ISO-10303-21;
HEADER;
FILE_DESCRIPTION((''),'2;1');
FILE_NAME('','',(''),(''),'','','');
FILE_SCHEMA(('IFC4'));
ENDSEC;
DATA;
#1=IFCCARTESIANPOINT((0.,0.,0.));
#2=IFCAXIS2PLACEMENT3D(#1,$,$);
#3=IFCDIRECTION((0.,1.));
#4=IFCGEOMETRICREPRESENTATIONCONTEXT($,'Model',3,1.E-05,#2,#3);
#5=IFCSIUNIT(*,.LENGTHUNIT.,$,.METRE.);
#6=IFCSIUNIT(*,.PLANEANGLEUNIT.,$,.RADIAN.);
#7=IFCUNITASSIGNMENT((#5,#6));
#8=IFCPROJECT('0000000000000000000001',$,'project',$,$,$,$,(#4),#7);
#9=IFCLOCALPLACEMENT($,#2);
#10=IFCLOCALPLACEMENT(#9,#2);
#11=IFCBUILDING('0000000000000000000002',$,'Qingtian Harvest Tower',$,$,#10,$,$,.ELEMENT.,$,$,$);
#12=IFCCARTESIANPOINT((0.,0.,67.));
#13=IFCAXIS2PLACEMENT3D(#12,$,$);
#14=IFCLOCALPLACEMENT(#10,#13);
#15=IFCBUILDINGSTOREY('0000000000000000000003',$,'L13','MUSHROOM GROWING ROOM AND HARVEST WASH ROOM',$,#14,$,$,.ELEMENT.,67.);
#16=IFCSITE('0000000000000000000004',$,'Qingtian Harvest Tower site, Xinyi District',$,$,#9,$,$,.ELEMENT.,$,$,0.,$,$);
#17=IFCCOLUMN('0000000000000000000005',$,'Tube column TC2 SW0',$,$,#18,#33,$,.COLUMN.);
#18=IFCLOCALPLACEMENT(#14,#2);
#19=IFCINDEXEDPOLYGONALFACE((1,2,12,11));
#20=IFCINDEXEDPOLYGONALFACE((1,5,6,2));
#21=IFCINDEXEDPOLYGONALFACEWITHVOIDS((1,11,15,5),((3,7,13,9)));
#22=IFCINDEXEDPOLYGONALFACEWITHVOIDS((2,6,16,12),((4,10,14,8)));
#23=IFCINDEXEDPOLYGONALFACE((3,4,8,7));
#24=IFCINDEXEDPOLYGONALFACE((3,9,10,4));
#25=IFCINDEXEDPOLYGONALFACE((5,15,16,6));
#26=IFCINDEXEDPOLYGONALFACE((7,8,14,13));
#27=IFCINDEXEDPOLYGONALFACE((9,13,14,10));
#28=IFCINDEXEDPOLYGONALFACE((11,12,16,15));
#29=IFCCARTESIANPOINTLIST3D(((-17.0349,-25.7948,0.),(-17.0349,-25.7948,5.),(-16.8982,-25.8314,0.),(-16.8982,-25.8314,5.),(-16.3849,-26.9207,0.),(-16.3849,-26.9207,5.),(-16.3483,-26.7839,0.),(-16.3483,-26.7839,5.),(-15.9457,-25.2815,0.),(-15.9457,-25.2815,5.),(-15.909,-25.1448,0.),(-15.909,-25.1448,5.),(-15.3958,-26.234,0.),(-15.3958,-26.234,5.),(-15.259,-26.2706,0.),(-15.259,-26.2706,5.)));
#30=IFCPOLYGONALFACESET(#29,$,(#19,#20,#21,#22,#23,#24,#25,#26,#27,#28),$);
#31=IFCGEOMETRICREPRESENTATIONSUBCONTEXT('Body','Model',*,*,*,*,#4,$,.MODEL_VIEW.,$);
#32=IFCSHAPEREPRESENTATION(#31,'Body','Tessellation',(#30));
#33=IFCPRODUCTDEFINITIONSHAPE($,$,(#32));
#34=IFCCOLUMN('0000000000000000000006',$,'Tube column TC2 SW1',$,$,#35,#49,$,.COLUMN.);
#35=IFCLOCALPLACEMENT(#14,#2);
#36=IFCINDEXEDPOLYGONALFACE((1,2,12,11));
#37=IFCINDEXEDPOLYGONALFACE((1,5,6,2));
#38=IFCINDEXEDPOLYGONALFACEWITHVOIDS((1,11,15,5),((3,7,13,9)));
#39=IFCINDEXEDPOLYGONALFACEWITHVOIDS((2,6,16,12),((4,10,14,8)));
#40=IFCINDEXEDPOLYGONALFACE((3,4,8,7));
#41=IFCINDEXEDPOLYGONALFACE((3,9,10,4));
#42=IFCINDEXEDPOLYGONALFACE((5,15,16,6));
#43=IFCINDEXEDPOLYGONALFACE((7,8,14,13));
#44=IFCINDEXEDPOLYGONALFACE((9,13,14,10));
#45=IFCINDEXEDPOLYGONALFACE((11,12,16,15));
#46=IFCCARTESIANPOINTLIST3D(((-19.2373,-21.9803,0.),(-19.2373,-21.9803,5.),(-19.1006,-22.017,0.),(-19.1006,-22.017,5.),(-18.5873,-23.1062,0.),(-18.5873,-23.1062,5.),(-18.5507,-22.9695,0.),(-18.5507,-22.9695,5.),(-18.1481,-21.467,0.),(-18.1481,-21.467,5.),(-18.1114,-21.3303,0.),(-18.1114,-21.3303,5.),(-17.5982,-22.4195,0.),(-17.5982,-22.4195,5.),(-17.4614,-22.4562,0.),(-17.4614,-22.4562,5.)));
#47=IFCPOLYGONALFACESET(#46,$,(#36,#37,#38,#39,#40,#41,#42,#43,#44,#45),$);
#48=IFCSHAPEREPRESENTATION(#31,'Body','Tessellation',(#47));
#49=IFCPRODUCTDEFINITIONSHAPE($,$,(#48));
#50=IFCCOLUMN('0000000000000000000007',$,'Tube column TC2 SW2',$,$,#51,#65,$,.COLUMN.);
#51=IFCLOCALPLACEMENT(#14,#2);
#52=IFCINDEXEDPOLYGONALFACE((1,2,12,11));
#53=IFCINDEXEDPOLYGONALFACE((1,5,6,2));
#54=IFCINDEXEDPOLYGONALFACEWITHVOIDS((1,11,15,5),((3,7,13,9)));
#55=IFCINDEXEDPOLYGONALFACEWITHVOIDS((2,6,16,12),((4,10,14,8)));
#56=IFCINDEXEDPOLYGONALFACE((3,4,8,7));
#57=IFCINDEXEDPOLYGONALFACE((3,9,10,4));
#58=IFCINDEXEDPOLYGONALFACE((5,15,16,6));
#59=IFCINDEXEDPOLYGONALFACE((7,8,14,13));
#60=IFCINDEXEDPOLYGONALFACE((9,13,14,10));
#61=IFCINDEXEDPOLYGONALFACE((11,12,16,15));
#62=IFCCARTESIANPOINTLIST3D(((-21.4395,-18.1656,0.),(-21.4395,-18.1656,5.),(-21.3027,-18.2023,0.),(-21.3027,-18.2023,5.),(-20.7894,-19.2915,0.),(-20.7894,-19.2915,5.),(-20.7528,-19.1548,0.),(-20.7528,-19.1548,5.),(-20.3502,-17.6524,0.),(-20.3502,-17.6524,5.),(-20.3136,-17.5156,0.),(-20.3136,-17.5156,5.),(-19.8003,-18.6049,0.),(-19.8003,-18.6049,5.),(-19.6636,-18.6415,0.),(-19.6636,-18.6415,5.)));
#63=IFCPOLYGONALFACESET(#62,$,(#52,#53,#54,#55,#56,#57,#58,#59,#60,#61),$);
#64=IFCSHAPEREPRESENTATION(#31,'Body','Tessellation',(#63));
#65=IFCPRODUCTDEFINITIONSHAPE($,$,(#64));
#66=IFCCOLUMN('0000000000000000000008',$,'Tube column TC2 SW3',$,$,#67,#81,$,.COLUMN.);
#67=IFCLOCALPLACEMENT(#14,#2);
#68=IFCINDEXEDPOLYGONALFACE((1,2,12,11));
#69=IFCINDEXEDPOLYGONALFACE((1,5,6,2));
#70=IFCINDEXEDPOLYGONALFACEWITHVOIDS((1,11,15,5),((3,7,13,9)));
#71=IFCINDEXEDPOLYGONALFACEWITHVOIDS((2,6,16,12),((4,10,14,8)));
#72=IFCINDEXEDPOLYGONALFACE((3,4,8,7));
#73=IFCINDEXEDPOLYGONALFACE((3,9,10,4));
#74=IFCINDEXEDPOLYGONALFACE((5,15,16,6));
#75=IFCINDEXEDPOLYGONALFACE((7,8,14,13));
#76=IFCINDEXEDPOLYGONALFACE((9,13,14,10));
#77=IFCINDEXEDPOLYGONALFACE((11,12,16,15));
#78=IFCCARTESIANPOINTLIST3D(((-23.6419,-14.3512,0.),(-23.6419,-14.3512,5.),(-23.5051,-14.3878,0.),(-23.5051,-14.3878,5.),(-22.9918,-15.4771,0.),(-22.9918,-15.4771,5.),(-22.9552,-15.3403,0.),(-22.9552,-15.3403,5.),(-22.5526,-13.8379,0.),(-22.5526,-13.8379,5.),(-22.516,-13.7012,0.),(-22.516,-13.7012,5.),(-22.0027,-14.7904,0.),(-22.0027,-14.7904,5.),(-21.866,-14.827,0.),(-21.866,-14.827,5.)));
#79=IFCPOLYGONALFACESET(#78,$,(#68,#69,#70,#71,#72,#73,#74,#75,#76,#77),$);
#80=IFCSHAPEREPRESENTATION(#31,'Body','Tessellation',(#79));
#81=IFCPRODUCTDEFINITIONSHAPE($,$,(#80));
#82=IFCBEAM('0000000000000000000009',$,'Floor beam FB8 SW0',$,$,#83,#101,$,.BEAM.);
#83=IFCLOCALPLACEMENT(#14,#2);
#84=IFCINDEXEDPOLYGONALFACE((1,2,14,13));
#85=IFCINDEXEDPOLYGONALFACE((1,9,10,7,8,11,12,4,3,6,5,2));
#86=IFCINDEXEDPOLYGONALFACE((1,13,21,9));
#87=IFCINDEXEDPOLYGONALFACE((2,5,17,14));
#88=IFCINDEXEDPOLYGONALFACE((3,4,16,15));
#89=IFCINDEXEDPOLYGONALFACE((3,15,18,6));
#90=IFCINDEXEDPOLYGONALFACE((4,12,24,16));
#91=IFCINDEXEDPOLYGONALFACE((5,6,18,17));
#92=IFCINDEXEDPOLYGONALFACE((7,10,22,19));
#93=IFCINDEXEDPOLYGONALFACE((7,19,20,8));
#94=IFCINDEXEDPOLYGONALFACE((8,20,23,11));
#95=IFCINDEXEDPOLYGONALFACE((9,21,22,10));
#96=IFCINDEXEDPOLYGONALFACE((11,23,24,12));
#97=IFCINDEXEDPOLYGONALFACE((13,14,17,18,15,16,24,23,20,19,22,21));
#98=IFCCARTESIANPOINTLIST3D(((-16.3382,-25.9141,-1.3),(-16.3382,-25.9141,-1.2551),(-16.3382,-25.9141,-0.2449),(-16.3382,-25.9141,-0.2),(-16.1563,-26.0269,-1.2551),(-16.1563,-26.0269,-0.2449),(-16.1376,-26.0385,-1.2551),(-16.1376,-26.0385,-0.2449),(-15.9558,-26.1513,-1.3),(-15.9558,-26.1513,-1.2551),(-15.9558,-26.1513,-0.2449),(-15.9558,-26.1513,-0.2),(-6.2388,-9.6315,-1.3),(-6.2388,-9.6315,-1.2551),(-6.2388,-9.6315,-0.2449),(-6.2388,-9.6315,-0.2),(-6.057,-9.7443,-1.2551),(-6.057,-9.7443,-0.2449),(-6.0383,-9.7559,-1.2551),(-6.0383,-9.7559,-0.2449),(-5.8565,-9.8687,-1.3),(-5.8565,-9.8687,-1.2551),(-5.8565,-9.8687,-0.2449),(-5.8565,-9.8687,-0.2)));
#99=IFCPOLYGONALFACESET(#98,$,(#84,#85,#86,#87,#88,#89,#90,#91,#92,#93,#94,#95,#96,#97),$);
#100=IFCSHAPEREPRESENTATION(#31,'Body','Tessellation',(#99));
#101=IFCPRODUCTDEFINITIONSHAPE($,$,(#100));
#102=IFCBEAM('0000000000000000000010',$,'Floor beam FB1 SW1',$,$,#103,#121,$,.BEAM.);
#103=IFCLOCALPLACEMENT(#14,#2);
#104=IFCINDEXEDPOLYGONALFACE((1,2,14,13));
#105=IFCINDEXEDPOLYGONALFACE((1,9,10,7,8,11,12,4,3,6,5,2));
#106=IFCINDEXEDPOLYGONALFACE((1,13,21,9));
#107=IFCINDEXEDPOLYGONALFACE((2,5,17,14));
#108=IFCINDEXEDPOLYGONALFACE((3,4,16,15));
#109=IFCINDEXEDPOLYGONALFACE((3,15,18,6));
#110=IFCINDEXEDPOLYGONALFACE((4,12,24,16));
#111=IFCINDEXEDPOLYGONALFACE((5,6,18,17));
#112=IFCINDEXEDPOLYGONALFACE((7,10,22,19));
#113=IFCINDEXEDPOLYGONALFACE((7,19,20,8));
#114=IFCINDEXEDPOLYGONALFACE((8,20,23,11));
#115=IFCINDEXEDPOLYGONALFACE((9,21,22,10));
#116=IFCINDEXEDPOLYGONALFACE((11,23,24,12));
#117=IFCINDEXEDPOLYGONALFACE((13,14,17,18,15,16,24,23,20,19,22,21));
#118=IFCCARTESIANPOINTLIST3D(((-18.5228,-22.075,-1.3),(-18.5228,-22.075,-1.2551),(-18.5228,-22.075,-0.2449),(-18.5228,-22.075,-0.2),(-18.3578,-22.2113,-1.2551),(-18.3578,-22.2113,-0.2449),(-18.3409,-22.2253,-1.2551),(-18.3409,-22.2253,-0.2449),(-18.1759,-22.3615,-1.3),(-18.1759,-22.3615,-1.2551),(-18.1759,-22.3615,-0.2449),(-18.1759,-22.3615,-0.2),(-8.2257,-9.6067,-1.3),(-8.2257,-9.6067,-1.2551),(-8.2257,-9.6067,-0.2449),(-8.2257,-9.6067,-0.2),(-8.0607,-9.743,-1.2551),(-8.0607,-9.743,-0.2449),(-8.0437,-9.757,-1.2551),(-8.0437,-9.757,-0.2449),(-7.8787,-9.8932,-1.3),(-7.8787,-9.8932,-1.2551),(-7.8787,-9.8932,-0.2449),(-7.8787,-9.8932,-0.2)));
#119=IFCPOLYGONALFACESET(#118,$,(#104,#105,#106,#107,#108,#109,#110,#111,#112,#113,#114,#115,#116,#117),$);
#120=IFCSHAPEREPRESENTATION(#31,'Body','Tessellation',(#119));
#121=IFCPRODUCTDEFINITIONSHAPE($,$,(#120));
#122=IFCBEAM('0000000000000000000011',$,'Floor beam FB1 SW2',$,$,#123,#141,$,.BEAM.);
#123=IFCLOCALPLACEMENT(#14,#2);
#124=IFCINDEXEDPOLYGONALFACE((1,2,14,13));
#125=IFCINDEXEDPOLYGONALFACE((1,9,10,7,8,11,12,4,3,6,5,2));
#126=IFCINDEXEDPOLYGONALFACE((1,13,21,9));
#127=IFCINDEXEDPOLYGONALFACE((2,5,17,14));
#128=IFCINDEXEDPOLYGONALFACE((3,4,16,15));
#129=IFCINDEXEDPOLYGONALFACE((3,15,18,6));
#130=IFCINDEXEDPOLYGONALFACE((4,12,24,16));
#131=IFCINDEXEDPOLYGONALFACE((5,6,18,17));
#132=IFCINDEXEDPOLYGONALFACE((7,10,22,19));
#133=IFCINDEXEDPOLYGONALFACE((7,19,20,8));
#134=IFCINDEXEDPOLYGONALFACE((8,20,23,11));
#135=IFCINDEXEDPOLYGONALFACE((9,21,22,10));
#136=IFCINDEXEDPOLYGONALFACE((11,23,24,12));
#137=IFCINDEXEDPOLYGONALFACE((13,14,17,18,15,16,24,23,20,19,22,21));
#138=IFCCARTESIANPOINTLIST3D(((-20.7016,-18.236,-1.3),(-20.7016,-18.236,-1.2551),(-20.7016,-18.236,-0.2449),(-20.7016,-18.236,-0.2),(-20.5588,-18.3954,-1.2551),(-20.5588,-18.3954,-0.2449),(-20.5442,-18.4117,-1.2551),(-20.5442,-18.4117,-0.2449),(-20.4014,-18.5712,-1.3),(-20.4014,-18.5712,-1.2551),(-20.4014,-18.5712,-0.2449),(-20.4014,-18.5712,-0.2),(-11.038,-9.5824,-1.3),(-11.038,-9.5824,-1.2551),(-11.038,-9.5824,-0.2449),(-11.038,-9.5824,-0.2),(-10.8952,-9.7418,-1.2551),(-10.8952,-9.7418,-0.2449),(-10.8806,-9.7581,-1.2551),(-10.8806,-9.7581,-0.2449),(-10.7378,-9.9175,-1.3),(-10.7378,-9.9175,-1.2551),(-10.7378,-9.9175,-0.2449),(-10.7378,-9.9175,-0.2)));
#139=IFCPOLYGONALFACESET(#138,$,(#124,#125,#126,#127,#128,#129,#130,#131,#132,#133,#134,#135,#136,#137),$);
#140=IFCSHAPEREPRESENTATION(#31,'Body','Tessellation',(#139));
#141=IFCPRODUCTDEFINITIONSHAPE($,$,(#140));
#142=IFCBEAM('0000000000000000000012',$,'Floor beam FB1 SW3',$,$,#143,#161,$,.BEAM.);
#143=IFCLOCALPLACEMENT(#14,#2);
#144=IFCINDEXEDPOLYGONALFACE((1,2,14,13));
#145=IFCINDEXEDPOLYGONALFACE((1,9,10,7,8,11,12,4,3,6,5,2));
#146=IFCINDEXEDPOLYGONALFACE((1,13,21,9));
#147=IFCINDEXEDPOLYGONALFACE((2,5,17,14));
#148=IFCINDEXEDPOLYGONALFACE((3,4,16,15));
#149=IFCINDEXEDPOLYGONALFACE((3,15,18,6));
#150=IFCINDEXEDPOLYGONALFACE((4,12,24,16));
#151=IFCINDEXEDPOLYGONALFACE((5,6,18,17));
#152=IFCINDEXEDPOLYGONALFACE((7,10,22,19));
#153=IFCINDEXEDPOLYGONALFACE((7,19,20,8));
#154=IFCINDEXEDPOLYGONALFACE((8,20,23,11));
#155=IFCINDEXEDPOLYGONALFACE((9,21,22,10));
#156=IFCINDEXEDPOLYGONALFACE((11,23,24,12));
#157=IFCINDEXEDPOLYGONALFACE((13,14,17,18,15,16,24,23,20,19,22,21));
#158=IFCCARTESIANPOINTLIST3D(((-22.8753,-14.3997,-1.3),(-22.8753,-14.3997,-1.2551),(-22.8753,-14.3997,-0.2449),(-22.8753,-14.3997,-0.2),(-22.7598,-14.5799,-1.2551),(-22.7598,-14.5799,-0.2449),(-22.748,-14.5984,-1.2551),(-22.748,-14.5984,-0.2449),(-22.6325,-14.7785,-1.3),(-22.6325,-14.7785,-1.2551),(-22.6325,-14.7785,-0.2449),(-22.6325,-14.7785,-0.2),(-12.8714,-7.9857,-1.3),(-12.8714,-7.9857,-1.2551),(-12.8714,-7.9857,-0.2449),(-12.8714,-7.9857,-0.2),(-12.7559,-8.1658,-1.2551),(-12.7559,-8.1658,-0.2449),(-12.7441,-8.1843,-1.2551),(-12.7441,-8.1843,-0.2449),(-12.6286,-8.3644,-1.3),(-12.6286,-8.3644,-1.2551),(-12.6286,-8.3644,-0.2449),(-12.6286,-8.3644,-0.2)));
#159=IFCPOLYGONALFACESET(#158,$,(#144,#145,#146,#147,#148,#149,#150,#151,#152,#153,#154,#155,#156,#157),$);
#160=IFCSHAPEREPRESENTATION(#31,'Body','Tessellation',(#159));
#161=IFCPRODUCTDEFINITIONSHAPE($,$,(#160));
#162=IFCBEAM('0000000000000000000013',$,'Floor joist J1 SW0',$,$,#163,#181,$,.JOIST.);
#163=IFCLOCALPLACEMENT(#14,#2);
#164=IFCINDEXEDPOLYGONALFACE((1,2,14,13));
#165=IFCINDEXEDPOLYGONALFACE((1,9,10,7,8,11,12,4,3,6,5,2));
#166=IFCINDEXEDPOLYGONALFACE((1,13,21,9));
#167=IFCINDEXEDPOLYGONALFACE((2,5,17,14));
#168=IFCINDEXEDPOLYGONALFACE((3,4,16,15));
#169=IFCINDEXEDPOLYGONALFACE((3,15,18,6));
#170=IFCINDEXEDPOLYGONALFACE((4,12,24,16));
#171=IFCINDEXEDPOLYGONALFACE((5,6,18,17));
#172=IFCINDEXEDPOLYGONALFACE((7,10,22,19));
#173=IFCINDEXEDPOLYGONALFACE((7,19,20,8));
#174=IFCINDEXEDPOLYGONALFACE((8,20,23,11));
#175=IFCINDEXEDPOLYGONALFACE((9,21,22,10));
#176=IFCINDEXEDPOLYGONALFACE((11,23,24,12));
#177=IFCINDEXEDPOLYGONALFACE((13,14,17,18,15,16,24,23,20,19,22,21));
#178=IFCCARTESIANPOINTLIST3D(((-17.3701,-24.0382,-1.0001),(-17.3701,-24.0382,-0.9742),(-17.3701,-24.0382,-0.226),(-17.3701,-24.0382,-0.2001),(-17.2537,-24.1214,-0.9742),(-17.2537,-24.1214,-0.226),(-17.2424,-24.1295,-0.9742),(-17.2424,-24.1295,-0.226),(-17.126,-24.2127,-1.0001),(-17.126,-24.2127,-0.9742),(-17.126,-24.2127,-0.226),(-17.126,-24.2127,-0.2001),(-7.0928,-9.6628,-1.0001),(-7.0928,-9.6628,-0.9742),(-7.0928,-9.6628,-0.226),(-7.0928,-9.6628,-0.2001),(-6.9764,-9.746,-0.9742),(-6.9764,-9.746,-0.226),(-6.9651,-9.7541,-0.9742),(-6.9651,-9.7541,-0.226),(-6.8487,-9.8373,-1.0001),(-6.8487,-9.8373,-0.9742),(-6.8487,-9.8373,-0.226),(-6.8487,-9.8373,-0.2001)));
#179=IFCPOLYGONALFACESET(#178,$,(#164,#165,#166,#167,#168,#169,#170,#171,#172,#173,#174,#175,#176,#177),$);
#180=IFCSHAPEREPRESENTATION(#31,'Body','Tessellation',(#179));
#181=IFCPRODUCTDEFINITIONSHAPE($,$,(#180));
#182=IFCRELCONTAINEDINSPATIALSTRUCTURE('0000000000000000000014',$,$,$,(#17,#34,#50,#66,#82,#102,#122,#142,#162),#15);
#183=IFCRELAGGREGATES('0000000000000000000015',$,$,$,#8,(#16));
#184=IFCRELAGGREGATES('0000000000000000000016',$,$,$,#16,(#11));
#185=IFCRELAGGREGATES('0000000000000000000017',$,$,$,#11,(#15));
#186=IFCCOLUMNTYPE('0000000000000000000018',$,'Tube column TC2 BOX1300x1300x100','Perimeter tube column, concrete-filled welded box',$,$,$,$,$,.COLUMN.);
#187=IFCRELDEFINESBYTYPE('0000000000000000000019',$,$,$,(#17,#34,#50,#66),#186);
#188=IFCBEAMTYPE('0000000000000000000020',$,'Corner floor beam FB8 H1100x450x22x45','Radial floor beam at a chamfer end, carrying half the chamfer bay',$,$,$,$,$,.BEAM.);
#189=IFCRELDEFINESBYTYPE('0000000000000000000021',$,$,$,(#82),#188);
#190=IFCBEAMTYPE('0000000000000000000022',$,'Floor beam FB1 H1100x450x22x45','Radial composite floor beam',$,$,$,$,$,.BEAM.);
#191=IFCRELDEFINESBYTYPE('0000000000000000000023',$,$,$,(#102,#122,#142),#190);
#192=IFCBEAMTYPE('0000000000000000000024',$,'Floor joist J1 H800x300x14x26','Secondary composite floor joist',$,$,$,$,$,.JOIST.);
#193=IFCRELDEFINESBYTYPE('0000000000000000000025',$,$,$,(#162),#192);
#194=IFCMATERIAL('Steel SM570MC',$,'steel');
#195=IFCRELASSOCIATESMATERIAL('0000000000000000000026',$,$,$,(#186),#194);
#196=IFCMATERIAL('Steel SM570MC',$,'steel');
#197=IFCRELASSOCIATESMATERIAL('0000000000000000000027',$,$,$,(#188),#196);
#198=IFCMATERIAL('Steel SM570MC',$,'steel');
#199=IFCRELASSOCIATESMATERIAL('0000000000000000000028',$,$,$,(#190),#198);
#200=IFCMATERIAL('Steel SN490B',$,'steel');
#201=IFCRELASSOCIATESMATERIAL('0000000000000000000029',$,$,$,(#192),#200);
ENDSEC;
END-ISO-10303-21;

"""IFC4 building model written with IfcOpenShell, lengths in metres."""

from ifc_helpers import new_model, si_unit, direction, frame, origin, origin_2d, place, context, subcontext, project, spatial, hollow_rectangle, i_section, extrude, material, material_profile, profile_set, type_object, element, save


model = new_model("IFC4")

# Units and contexts
model_context = context("Model", 3, precision=1e-05, world=origin(), true_north=direction((0.0, 1.0)))
body_context = subcontext(model_context, "Body", "Model", "MODEL_VIEW")
ifc_project = project(units=[si_unit("LENGTHUNIT", "METRE"), si_unit("PLANEANGLEUNIT", "RADIAN")], contexts=[model_context])

# Site, building, storey
site_placement = place(None, origin())
site = spatial("IfcSite", under=ifc_project, at=site_placement, Name="Qingtian Harvest Tower site, Xinyi District", CompositionType="ELEMENT", RefElevation=0.0)
building_placement = place(site_placement, origin())
building = spatial("IfcBuilding", under=site, at=building_placement, Name="Qingtian Harvest Tower", CompositionType="ELEMENT")
storey_placement = place(building_placement, frame((0.0, 0.0, 67.0)))
storey = spatial("IfcBuildingStorey", under=building, at=storey_placement, Name="L13", Description="MUSHROOM GROWING ROOM AND HARVEST WASH ROOM", CompositionType="ELEMENT", Elevation=67.0)

# Columns
ifc_material_1 = material(Name="Steel SM570MC", Category="steel")
ifc_material_profile_1 = material_profile(ifc_material_1, hollow_rectangle(XDim=1.3, YDim=1.3, WallThickness=0.1001, at=origin_2d()), Name="BOX1300x1300x100")
ifc_profile_set_1 = profile_set([ifc_material_profile_1], Name="Steel SM570MC")
column_type = type_object("IfcColumnType", Name="Tube column TC2 BOX1300x1300x100", Description="Perimeter tube column, concrete-filled welded box", PredefinedType="COLUMN", material=ifc_profile_set_1)
for number, where, z_axis, x_axis, name in (
    (1, (-16.147, -26.0327, 0.0), (0.0, 0.0, 1.0), (0.5, -0.866025, 0.0), "Tube column TC2 SW0"),
    (2, (-18.3494, -22.2183, 0.0), (0.0, 0.0, 1.0), (0.5, -0.866025, 0.0), "Tube column TC2 SW1"),
    (3, (-20.5515, -18.4036, 0.0), (0.0, 0.0, 1.0), (0.5, -0.866025, 0.0), "Tube column TC2 SW2"),
    (4, (-22.7539, -14.5891, 0.0), (0.0, 0.0, 1.0), (0.5, -0.866025, 0.0), "Tube column TC2 SW3"),
):
    element("IfcColumn", number, at=place(storey_placement, frame(where, z_axis=z_axis, x_axis=x_axis)), inside=storey, type_object=column_type, Name=name, PredefinedType="COLUMN", context=body_context, shape_type="SweptSolid", body=[
        extrude(hollow_rectangle(XDim=1.3, YDim=1.3, WallThickness=0.1001, at=origin_2d()), origin(), (0.0, 0.0, 1.0), 5.0),
    ])

# Beams
ifc_material_2 = material(Name="Steel SM570MC", Category="steel")
ifc_material_profile_2 = material_profile(ifc_material_2, i_section(OverallWidth=0.45, OverallDepth=1.1001, WebThickness=0.022, FlangeThickness=0.0449, at=origin_2d()), Name="H1100x450x22x45")
ifc_profile_set_2 = profile_set([ifc_material_profile_2], Name="Steel SM570MC")
beam_type_1 = type_object("IfcBeamType", Name="Corner floor beam FB8 H1100x450x22x45", Description="Radial floor beam at a chamfer end, carrying half the chamfer bay", PredefinedType="BEAM", material=ifc_profile_set_2)
beam_1_placement = place(storey_placement, frame((-16.147, -26.0327, -0.75), z_axis=(0.527094, 0.849807, 0.0), x_axis=(-0.849807, 0.527094, 0.0)))
element("IfcBeam", 5, at=beam_1_placement, inside=storey, type_object=beam_type_1, Name="Floor beam FB8 SW0", PredefinedType="BEAM", context=body_context, shape_type="SweptSolid", body=[
    extrude(i_section(OverallWidth=0.45, OverallDepth=1.1001, WebThickness=0.022, FlangeThickness=0.0449, at=origin_2d()), origin(), (0.0, 0.0, 1.0), 19.1604),
])
ifc_material_3 = material(Name="Steel SM570MC", Category="steel")
ifc_material_profile_3 = material_profile(ifc_material_3, i_section(OverallWidth=0.45, OverallDepth=1.1001, WebThickness=0.022, FlangeThickness=0.0449, at=origin_2d()), Name="H1100x450x22x45")
ifc_profile_set_3 = profile_set([ifc_material_profile_3], Name="Steel SM570MC")
beam_type_2 = type_object("IfcBeamType", Name="Floor beam FB1 H1100x450x22x45", Description="Radial composite floor beam", PredefinedType="BEAM", material=ifc_profile_set_3)
beam_2_placement = place(storey_placement, frame((-18.3494, -22.2183, -0.75), z_axis=(0.63678, 0.771045, 0.0), x_axis=(-0.771045, 0.63678, 0.0)))
element("IfcBeam", 6, at=beam_2_placement, inside=storey, type_object=beam_type_2, Name="Floor beam FB1 SW1", PredefinedType="BEAM", context=body_context, shape_type="SweptSolid", body=[
    extrude(i_section(OverallWidth=0.45, OverallDepth=1.1001, WebThickness=0.022, FlangeThickness=0.0449, at=origin_2d()), origin(), (0.0, 0.0, 1.0), 16.1707),
])
beam_3_placement = place(storey_placement, frame((-20.5515, -18.4036, -0.75), z_axis=(0.744965, 0.667103, 0.0), x_axis=(-0.667103, 0.744965, 0.0)))
element("IfcBeam", 7, at=beam_3_placement, inside=storey, type_object=beam_type_2, Name="Floor beam FB1 SW2", PredefinedType="BEAM", context=body_context, shape_type="SweptSolid", body=[
    extrude(i_section(OverallWidth=0.45, OverallDepth=1.1001, WebThickness=0.022, FlangeThickness=0.0449, at=origin_2d()), origin(), (0.0, 0.0, 1.0), 12.9719),
])
beam_4_placement = place(storey_placement, frame((-22.7539, -14.5891, -0.75), z_axis=(0.841829, 0.539744, 0.0), x_axis=(-0.539744, 0.841829, 0.0)))
element("IfcBeam", 8, at=beam_4_placement, inside=storey, type_object=beam_type_2, Name="Floor beam FB1 SW3", PredefinedType="BEAM", context=body_context, shape_type="SweptSolid", body=[
    extrude(i_section(OverallWidth=0.45, OverallDepth=1.1001, WebThickness=0.022, FlangeThickness=0.0449, at=origin_2d()), origin(), (0.0, 0.0, 1.0), 11.8835),
])
ifc_material_4 = material(Name="Steel SN490B", Category="steel")
ifc_material_profile_4 = material_profile(ifc_material_4, i_section(OverallWidth=0.3, OverallDepth=0.8, WebThickness=0.0139, FlangeThickness=0.0259, at=origin_2d()), Name="H800x300x14x26")
ifc_profile_set_4 = profile_set([ifc_material_profile_4], Name="Steel SN490B")
beam_type_3 = type_object("IfcBeamType", Name="Floor joist J1 H800x300x14x26", Description="Secondary composite floor joist", PredefinedType="JOIST", material=ifc_profile_set_4)
beam_5_placement = place(storey_placement, frame((-17.248, -24.1255, -0.6001), z_axis=(0.581581, 0.813489, 0.0), x_axis=(-0.813489, 0.581581, 0.0)))
element("IfcBeam", 9, at=beam_5_placement, inside=storey, type_object=beam_type_3, Name="Floor joist J1 SW0", PredefinedType="JOIST", context=body_context, shape_type="SweptSolid", body=[
    extrude(i_section(OverallWidth=0.3, OverallDepth=0.8, WebThickness=0.0139, FlangeThickness=0.0259, at=origin_2d()), origin(), (0.0, 0.0, 1.0), 17.6714),
])

save(model, "model.ifc")
